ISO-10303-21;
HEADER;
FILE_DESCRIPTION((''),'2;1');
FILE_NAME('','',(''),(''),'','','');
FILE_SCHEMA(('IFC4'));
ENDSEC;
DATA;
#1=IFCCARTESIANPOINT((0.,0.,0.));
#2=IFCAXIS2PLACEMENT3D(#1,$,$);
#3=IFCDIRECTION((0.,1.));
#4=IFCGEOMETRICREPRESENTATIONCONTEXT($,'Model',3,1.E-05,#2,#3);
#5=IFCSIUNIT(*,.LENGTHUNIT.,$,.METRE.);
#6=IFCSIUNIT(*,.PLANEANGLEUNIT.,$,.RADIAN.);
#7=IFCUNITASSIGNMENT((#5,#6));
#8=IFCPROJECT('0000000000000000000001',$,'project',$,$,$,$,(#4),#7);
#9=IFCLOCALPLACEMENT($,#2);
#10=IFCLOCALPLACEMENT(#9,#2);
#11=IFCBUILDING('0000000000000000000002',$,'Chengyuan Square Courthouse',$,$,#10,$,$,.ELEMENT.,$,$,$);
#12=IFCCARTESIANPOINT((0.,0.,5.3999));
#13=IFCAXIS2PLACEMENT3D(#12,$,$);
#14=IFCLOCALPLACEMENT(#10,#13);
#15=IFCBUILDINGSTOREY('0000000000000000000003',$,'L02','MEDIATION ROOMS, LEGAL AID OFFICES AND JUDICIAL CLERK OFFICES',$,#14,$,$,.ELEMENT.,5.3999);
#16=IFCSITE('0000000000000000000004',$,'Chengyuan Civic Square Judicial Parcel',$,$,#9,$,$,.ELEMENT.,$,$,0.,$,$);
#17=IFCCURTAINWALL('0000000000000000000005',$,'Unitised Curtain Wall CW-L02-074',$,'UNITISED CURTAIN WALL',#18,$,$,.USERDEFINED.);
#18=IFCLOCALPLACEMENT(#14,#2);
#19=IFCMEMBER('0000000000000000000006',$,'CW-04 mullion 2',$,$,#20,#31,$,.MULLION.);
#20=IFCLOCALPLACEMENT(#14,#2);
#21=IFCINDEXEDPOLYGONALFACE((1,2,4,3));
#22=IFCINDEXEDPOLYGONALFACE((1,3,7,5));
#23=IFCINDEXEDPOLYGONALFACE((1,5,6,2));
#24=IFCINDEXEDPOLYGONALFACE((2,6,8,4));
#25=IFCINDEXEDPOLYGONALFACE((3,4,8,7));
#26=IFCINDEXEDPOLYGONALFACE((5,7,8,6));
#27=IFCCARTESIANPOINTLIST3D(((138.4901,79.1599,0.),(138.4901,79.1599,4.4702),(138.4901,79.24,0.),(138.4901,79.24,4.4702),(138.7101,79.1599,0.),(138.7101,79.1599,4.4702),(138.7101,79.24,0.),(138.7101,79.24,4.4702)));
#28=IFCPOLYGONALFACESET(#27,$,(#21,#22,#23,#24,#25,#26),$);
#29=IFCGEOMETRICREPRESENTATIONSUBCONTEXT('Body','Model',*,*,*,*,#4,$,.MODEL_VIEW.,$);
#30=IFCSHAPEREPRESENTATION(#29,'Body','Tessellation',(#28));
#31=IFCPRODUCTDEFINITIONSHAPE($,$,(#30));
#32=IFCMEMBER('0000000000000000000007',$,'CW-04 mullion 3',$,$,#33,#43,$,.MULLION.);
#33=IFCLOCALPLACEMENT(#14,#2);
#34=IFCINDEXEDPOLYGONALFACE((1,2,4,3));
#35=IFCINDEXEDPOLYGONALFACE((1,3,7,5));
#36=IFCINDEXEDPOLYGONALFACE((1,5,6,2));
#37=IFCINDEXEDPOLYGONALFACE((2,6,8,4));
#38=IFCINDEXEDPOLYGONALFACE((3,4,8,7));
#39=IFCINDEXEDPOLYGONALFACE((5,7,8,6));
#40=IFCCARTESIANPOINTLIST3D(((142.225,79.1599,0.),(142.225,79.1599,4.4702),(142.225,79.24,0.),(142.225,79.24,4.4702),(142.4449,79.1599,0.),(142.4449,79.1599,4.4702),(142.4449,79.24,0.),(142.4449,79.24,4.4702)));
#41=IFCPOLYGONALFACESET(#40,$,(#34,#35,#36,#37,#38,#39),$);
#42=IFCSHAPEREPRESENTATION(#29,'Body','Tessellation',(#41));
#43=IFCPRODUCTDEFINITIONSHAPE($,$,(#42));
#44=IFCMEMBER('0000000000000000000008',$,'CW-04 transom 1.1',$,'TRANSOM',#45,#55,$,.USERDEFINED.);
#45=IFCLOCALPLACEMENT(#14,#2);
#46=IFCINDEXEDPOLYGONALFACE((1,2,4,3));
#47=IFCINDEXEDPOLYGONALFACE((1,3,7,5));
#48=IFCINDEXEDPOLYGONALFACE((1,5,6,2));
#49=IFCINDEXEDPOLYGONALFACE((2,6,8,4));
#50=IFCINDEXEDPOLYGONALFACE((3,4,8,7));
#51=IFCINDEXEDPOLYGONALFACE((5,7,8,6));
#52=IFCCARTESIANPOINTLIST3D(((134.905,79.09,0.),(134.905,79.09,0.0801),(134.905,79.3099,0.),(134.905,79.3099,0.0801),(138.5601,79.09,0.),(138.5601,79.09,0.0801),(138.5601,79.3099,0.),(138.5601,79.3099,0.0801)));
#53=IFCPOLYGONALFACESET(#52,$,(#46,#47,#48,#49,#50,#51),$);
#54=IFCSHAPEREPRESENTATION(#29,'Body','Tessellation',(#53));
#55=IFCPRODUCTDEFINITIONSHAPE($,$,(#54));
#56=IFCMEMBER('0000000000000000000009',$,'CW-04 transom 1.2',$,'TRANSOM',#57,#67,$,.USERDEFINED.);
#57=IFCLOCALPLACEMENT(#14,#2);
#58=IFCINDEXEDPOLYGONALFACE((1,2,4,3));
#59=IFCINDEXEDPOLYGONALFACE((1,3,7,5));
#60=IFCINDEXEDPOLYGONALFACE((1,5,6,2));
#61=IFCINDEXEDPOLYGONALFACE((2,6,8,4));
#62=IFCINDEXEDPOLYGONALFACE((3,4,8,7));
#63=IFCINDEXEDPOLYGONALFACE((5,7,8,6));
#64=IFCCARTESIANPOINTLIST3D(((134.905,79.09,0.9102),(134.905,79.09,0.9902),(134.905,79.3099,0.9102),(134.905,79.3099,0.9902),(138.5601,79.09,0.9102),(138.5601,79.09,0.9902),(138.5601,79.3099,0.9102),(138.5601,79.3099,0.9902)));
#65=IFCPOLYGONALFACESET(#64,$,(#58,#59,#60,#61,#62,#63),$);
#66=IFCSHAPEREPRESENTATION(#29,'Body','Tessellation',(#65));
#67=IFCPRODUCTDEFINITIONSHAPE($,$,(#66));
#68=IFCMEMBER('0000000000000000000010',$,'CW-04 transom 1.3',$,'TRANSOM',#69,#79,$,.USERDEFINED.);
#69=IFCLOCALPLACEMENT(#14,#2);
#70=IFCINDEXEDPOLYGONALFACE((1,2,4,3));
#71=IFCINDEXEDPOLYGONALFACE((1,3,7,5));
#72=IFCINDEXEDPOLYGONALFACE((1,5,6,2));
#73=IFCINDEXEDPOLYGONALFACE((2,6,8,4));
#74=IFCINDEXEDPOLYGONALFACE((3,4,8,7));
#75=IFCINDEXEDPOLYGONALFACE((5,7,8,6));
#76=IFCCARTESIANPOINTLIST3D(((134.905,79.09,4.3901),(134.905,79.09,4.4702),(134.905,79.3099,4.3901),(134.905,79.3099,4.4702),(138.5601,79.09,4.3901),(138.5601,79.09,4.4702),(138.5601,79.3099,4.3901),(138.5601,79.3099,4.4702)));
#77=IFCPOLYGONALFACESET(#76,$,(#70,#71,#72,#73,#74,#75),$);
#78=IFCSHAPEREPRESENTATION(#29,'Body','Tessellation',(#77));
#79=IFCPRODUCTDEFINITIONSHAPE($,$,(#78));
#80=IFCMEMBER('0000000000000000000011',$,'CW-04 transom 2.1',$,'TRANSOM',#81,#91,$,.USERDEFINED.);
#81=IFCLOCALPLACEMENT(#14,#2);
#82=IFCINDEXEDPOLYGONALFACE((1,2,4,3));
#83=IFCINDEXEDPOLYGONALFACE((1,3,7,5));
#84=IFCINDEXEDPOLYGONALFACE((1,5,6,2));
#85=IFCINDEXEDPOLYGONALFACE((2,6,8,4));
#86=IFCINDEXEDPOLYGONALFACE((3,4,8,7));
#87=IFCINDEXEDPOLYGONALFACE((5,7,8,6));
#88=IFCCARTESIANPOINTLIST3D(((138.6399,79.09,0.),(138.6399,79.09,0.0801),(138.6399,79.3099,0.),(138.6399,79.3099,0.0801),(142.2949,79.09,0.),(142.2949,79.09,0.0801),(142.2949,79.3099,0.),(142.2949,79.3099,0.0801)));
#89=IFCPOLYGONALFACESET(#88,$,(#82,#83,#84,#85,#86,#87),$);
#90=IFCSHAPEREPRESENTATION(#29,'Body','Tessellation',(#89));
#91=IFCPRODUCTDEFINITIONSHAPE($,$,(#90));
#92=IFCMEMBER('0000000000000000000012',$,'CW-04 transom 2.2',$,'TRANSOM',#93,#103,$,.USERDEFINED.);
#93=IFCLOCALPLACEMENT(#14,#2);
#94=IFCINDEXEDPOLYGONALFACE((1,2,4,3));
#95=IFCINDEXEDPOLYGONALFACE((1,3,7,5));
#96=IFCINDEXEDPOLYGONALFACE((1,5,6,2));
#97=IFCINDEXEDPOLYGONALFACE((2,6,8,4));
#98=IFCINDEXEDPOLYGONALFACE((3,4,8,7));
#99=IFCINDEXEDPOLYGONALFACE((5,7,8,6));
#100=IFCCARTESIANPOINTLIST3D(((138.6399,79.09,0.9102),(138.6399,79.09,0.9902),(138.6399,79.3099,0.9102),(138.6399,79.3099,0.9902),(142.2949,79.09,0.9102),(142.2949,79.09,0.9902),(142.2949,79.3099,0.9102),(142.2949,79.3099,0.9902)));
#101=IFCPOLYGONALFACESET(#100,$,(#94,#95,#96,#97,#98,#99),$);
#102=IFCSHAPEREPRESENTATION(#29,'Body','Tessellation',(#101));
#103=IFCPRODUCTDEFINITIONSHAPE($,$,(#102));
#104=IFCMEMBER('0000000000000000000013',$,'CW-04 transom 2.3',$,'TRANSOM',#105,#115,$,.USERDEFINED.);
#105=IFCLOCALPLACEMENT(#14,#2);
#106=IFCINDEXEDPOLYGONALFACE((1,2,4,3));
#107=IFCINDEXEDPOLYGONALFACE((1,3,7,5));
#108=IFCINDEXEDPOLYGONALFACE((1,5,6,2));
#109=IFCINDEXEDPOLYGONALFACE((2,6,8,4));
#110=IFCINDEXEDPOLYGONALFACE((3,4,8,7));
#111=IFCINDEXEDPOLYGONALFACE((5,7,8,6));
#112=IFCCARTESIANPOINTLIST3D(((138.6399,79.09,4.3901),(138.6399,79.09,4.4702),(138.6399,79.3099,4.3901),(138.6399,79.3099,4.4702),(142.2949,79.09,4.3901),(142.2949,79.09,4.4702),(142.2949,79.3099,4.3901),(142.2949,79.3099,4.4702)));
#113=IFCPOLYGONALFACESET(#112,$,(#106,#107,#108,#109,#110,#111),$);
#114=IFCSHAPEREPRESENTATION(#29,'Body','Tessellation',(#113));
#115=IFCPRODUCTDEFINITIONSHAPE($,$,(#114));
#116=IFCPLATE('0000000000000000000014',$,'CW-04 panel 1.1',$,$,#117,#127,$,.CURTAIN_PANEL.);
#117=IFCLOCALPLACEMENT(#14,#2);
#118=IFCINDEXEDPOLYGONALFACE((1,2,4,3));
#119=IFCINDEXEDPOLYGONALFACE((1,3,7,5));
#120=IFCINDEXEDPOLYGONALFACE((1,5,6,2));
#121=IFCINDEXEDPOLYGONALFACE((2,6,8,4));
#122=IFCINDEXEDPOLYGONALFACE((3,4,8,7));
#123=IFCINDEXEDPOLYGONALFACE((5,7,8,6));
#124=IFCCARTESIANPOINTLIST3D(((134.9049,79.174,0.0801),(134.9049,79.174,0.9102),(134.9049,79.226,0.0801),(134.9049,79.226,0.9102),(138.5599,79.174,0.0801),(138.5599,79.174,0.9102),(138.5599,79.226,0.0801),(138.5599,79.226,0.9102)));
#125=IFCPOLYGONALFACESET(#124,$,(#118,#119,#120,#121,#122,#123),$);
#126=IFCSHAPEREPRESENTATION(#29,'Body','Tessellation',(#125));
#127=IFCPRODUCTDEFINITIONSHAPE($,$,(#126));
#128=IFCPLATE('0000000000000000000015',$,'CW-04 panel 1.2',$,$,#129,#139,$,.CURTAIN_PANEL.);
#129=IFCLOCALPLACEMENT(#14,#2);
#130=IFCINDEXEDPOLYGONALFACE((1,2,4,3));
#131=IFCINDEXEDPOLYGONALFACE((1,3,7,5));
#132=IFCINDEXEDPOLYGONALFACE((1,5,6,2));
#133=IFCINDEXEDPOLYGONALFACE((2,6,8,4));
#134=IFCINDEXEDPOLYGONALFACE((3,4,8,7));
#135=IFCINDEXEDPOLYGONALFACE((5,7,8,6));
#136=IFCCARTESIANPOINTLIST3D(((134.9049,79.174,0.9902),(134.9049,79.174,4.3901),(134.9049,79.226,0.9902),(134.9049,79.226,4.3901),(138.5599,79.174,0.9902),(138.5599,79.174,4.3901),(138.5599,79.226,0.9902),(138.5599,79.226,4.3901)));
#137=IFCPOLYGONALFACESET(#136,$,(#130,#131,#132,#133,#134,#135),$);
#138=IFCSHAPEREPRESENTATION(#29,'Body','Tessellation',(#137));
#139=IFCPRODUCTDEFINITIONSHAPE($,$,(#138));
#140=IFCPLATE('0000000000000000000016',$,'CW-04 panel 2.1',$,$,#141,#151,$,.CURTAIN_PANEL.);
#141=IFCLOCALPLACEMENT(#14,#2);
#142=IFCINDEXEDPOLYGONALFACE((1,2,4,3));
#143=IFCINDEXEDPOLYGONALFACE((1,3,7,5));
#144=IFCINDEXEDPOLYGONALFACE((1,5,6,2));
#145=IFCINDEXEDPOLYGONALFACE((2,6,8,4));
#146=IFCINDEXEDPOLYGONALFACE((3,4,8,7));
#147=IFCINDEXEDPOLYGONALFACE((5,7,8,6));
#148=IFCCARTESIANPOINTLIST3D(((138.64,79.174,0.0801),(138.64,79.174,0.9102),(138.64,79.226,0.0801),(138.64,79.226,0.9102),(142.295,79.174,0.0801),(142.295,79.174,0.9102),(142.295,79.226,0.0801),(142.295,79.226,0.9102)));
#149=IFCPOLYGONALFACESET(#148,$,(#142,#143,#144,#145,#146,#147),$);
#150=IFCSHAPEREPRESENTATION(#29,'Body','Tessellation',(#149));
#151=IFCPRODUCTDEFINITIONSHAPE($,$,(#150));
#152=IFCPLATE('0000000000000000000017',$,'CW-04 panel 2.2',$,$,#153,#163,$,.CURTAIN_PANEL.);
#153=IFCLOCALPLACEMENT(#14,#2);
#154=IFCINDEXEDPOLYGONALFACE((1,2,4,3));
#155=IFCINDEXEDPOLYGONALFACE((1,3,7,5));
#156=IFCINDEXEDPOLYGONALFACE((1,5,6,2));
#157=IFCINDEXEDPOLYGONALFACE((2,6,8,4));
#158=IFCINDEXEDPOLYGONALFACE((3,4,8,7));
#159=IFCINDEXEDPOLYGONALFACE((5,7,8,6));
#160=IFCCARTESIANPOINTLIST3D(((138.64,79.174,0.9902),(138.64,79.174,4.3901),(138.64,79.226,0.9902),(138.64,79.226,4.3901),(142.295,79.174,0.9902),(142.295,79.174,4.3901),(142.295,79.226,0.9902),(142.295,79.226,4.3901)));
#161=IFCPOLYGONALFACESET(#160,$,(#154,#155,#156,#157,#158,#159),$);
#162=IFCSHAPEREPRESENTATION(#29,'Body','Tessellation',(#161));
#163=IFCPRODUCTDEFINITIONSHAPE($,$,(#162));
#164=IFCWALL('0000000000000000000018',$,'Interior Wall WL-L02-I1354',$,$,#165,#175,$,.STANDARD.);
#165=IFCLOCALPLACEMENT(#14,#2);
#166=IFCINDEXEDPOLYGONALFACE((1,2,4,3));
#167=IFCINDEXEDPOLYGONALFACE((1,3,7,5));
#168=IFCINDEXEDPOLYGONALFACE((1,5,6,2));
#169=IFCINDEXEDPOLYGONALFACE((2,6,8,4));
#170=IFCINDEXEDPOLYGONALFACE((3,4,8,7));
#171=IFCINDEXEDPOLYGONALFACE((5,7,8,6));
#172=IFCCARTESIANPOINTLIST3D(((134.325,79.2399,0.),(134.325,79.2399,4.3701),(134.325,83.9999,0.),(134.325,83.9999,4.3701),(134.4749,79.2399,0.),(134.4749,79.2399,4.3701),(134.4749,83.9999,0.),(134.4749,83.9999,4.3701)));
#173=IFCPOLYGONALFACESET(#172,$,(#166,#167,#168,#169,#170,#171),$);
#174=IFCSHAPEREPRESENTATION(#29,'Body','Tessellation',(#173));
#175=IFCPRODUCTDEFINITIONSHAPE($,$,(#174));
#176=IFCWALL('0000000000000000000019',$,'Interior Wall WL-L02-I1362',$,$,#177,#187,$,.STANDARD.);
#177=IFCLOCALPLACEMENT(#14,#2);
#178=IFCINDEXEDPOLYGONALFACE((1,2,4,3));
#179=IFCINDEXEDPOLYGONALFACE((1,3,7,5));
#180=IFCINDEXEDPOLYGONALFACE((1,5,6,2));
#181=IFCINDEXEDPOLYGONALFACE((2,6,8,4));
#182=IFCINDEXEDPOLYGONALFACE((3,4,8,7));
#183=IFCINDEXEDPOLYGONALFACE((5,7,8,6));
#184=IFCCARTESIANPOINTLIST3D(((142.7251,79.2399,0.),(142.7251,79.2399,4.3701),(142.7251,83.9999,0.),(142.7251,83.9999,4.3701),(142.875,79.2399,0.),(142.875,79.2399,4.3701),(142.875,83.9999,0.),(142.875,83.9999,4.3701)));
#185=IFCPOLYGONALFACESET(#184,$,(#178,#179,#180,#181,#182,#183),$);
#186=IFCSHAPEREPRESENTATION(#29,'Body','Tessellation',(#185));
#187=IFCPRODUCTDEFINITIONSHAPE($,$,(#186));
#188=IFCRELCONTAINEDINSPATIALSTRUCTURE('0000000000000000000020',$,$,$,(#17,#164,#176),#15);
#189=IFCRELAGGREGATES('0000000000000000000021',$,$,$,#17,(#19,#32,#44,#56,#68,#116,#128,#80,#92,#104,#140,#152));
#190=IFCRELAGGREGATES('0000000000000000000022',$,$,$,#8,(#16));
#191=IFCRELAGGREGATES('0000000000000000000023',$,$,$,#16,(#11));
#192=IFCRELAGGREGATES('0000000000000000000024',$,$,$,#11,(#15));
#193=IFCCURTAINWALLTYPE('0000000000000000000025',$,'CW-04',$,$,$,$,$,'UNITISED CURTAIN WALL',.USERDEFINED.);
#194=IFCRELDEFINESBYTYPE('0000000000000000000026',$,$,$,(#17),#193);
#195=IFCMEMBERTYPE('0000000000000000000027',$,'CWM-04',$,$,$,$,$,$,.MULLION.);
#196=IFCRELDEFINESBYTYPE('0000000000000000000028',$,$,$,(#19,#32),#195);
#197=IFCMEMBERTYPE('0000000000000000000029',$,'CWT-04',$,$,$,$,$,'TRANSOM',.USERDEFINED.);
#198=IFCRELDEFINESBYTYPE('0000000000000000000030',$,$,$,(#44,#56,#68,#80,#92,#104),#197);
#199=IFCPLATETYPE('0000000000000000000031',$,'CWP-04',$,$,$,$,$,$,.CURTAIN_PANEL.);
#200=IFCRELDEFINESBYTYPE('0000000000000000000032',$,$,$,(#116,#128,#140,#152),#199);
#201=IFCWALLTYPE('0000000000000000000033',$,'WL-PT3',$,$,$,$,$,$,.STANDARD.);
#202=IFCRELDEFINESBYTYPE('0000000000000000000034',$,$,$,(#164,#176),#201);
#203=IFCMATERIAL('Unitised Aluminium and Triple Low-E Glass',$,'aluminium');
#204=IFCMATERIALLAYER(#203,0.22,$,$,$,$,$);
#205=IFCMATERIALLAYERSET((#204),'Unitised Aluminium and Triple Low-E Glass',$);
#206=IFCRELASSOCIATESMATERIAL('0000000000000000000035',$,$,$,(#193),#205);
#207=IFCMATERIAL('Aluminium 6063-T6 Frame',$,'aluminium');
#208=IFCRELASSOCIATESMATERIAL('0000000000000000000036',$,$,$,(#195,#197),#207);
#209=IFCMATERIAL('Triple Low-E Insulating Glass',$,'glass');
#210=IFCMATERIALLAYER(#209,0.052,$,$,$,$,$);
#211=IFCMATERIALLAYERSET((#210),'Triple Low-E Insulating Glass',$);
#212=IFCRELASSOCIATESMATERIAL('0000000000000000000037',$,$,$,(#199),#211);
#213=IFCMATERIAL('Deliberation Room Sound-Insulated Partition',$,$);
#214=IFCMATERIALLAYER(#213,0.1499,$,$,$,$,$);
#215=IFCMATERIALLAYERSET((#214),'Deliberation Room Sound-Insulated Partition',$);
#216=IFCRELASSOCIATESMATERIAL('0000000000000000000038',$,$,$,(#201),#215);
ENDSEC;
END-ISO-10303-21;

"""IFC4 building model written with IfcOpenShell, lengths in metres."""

from ifc_helpers import new_model, si_unit, direction, frame, frame_2d, origin, origin_2d, place, context, subcontext, project, spatial, rectangle, extrude, material, layer, layer_set, material_profile, profile_set, type_object, element, aggregate, save


model = new_model("IFC4")

# Units and contexts
model_context = context("Model", 3, precision=1e-05, world=origin(), true_north=direction((0.0, 1.0)))
body_context = subcontext(model_context, "Body", "Model", "MODEL_VIEW")
ifc_project = project(units=[si_unit("LENGTHUNIT", "METRE"), si_unit("PLANEANGLEUNIT", "RADIAN")], contexts=[model_context])

# Site, building, storey
site_placement = place(None, origin())
site = spatial("IfcSite", under=ifc_project, at=site_placement, Name="Chengyuan Civic Square Judicial Parcel", CompositionType="ELEMENT", RefElevation=0.0)
building_placement = place(site_placement, origin())
building = spatial("IfcBuilding", under=site, at=building_placement, Name="Chengyuan Square Courthouse", CompositionType="ELEMENT")
storey_placement = place(building_placement, frame((0.0, 0.0, 5.3999)))
storey = spatial("IfcBuildingStorey", under=building, at=storey_placement, Name="L02", Description="MEDIATION ROOMS, LEGAL AID OFFICES AND JUDICIAL CLERK OFFICES", CompositionType="ELEMENT", Elevation=5.3999)

# Shared definitions
ifc_material_1 = material(Name="Unitised Aluminium and Triple Low-E Glass", Category="aluminium")
ifc_layer_1 = layer(ifc_material_1, 0.22)
ifc_layer_set_1 = layer_set([ifc_layer_1], Name="Unitised Aluminium and Triple Low-E Glass")
curtain_wall_type = type_object("IfcCurtainWallType", Name="CW-04", ElementType="UNITISED CURTAIN WALL", PredefinedType="USERDEFINED", material=ifc_layer_set_1)
ifc_material_2 = material(Name="Aluminium 6063-T6 Frame", Category="aluminium")
ifc_material_profile_1 = material_profile(ifc_material_2, rectangle(XDim=0.0801, YDim=0.22, at=origin_2d()), Name="CW-MUL-80x220")
ifc_profile_set_1 = profile_set([ifc_material_profile_1], Name="Aluminium 6063-T6 Frame")
member_type_1 = type_object("IfcMemberType", Name="CWM-04", PredefinedType="MULLION", material=ifc_profile_set_1)

# Curtain wall, members, plates
curtain_wall_1_placement = place(storey_placement, origin())
curtain_wall_1 = element("IfcCurtainWall", 1, at=curtain_wall_1_placement, inside=storey, type_object=curtain_wall_type, Name="Unitised Curtain Wall CW-L02-074", ObjectType="UNITISED CURTAIN WALL", PredefinedType="USERDEFINED")
member_1_placement = place(storey_placement, frame((138.6001, 79.2, 0.0), z_axis=(0.0, 0.0, 1.0), x_axis=(0.0, 1.0, 0.0)))
member_1 = element("IfcMember", 2, at=member_1_placement, type_object=member_type_1, Name="CW-04 mullion 2", PredefinedType="MULLION", context=body_context, shape_type="SweptSolid", body=[
    extrude(rectangle(XDim=0.0801, YDim=0.22, at=origin_2d()), origin(), (0.0, 0.0, 1.0), 4.4702),
])
member_2_placement = place(storey_placement, frame((142.335, 79.2, 0.0), z_axis=(0.0, 0.0, 1.0), x_axis=(0.0, 1.0, 0.0)))
member_2 = element("IfcMember", 3, at=member_2_placement, type_object=member_type_1, Name="CW-04 mullion 3", PredefinedType="MULLION", context=body_context, shape_type="SweptSolid", body=[
    extrude(rectangle(XDim=0.0801, YDim=0.22, at=origin_2d()), origin(), (0.0, 0.0, 1.0), 4.4702),
])
ifc_material_profile_2 = material_profile(ifc_material_2, rectangle(XDim=0.22, YDim=0.0801, at=origin_2d()), Name="CW-TRN-80x180")
ifc_profile_set_2 = profile_set([ifc_material_profile_2], Name="Aluminium 6063-T6 Frame")
member_type_2 = type_object("IfcMemberType", Name="CWT-04", ElementType="TRANSOM", PredefinedType="USERDEFINED", material=ifc_profile_set_2)
member_3_placement = place(storey_placement, frame((134.905, 79.2, 0.04), z_axis=(1.0, 0.0, 0.0), x_axis=(0.0, 1.0, 0.0)))
member_3 = element("IfcMember", 4, at=member_3_placement, type_object=member_type_2, Name="CW-04 transom 1.1", ObjectType="TRANSOM", PredefinedType="USERDEFINED", context=body_context, shape_type="SweptSolid", body=[
    extrude(rectangle(XDim=0.22, YDim=0.0801, at=origin_2d()), origin(), (0.0, 0.0, 1.0), 3.655),
])
member_4_placement = place(storey_placement, frame((134.905, 79.2, 0.9502), z_axis=(1.0, 0.0, 0.0), x_axis=(0.0, 1.0, 0.0)))
member_4 = element("IfcMember", 5, at=member_4_placement, type_object=member_type_2, Name="CW-04 transom 1.2", ObjectType="TRANSOM", PredefinedType="USERDEFINED", context=body_context, shape_type="SweptSolid", body=[
    extrude(rectangle(XDim=0.22, YDim=0.0801, at=origin_2d()), origin(), (0.0, 0.0, 1.0), 3.655),
])
member_5_placement = place(storey_placement, frame((134.905, 79.2, 4.4302), z_axis=(1.0, 0.0, 0.0), x_axis=(0.0, 1.0, 0.0)))
member_5 = element("IfcMember", 6, at=member_5_placement, type_object=member_type_2, Name="CW-04 transom 1.3", ObjectType="TRANSOM", PredefinedType="USERDEFINED", context=body_context, shape_type="SweptSolid", body=[
    extrude(rectangle(XDim=0.22, YDim=0.0801, at=origin_2d()), origin(), (0.0, 0.0, 1.0), 3.655),
])
member_6_placement = place(storey_placement, frame((138.6399, 79.2, 0.04), z_axis=(1.0, 0.0, 0.0), x_axis=(0.0, 1.0, 0.0)))
member_6 = element("IfcMember", 7, at=member_6_placement, type_object=member_type_2, Name="CW-04 transom 2.1", ObjectType="TRANSOM", PredefinedType="USERDEFINED", context=body_context, shape_type="SweptSolid", body=[
    extrude(rectangle(XDim=0.22, YDim=0.0801, at=origin_2d()), origin(), (0.0, 0.0, 1.0), 3.655),
])
member_7_placement = place(storey_placement, frame((138.6399, 79.2, 0.9502), z_axis=(1.0, 0.0, 0.0), x_axis=(0.0, 1.0, 0.0)))
member_7 = element("IfcMember", 8, at=member_7_placement, type_object=member_type_2, Name="CW-04 transom 2.2", ObjectType="TRANSOM", PredefinedType="USERDEFINED", context=body_context, shape_type="SweptSolid", body=[
    extrude(rectangle(XDim=0.22, YDim=0.0801, at=origin_2d()), origin(), (0.0, 0.0, 1.0), 3.655),
])
member_8_placement = place(storey_placement, frame((138.6399, 79.2, 4.4302), z_axis=(1.0, 0.0, 0.0), x_axis=(0.0, 1.0, 0.0)))
member_8 = element("IfcMember", 9, at=member_8_placement, type_object=member_type_2, Name="CW-04 transom 2.3", ObjectType="TRANSOM", PredefinedType="USERDEFINED", context=body_context, shape_type="SweptSolid", body=[
    extrude(rectangle(XDim=0.22, YDim=0.0801, at=origin_2d()), origin(), (0.0, 0.0, 1.0), 3.655),
])
ifc_material_3 = material(Name="Triple Low-E Insulating Glass", Category="glass")
ifc_layer_2 = layer(ifc_material_3, 0.052)
ifc_layer_set_2 = layer_set([ifc_layer_2], Name="Triple Low-E Insulating Glass")
plate_type = type_object("IfcPlateType", Name="CWP-04", PredefinedType="CURTAIN_PANEL", material=ifc_layer_set_2)
plate_1_placement = place(storey_placement, frame((136.7324, 79.2, 0.0801), z_axis=(0.0, 0.0, 1.0), x_axis=(1.0, 0.0, 0.0)))
plate_1 = element("IfcPlate", 10, at=plate_1_placement, type_object=plate_type, Name="CW-04 panel 1.1", PredefinedType="CURTAIN_PANEL", context=body_context, shape_type="SweptSolid", body=[
    extrude(rectangle(XDim=3.655, YDim=0.052, at=origin_2d()), origin(), (0.0, 0.0, 1.0), 0.8301),
])
plate_2_placement = place(storey_placement, frame((136.7324, 79.2, 0.9902), z_axis=(0.0, 0.0, 1.0), x_axis=(1.0, 0.0, 0.0)))
plate_2 = element("IfcPlate", 11, at=plate_2_placement, type_object=plate_type, Name="CW-04 panel 1.2", PredefinedType="CURTAIN_PANEL", context=body_context, shape_type="SweptSolid", body=[
    extrude(rectangle(XDim=3.655, YDim=0.052, at=origin_2d()), origin(), (0.0, 0.0, 1.0), 3.3999),
])
plate_3_placement = place(storey_placement, frame((140.4675, 79.2, 0.0801), z_axis=(0.0, 0.0, 1.0), x_axis=(1.0, 0.0, 0.0)))
plate_3 = element("IfcPlate", 12, at=plate_3_placement, type_object=plate_type, Name="CW-04 panel 2.1", PredefinedType="CURTAIN_PANEL", context=body_context, shape_type="SweptSolid", body=[
    extrude(rectangle(XDim=3.655, YDim=0.052, at=origin_2d()), origin(), (0.0, 0.0, 1.0), 0.8301),
])
plate_4_placement = place(storey_placement, frame((140.4675, 79.2, 0.9902), z_axis=(0.0, 0.0, 1.0), x_axis=(1.0, 0.0, 0.0)))
plate_4 = element("IfcPlate", 13, at=plate_4_placement, type_object=plate_type, Name="CW-04 panel 2.2", PredefinedType="CURTAIN_PANEL", context=body_context, shape_type="SweptSolid", body=[
    extrude(rectangle(XDim=3.655, YDim=0.052, at=origin_2d()), origin(), (0.0, 0.0, 1.0), 3.3999),
])
aggregate(curtain_wall_1, [member_1, member_2, member_3, member_4, member_5, plate_1, plate_2, member_6, member_7, member_8, plate_3, plate_4])

# Walls
ifc_material_4 = material(Name="Deliberation Room Sound-Insulated Partition")
ifc_layer_3 = layer(ifc_material_4, 0.1499)
ifc_layer_set_3 = layer_set([ifc_layer_3], Name="Deliberation Room Sound-Insulated Partition")
wall_type_1 = type_object("IfcWallType", Name="WL-PT3", PredefinedType="STANDARD", material=ifc_layer_set_3)
for number, where, z_axis, x_axis, name in (
    (14, (134.3999, 79.24, 0.0), (0.0, 0.0, 1.0), (0.0, 1.0, 0.0), "Interior Wall WL-L02-I1354"),
    (15, (142.8, 79.24, 0.0), (0.0, 0.0, 1.0), (0.0, 1.0, 0.0), "Interior Wall WL-L02-I1362"),
):
    element("IfcWall", number, at=place(storey_placement, frame(where, z_axis=z_axis, x_axis=x_axis)), inside=storey, type_object=wall_type_1, Name=name, PredefinedType="STANDARD", context=body_context, shape_type="SweptSolid", body=[
        extrude(rectangle(XDim=4.76, YDim=0.1499, at=frame_2d((2.3799, 0.0))), origin(), (0.0, 0.0, 1.0), 4.3701),
    ])

save(model, "model.ifc")
